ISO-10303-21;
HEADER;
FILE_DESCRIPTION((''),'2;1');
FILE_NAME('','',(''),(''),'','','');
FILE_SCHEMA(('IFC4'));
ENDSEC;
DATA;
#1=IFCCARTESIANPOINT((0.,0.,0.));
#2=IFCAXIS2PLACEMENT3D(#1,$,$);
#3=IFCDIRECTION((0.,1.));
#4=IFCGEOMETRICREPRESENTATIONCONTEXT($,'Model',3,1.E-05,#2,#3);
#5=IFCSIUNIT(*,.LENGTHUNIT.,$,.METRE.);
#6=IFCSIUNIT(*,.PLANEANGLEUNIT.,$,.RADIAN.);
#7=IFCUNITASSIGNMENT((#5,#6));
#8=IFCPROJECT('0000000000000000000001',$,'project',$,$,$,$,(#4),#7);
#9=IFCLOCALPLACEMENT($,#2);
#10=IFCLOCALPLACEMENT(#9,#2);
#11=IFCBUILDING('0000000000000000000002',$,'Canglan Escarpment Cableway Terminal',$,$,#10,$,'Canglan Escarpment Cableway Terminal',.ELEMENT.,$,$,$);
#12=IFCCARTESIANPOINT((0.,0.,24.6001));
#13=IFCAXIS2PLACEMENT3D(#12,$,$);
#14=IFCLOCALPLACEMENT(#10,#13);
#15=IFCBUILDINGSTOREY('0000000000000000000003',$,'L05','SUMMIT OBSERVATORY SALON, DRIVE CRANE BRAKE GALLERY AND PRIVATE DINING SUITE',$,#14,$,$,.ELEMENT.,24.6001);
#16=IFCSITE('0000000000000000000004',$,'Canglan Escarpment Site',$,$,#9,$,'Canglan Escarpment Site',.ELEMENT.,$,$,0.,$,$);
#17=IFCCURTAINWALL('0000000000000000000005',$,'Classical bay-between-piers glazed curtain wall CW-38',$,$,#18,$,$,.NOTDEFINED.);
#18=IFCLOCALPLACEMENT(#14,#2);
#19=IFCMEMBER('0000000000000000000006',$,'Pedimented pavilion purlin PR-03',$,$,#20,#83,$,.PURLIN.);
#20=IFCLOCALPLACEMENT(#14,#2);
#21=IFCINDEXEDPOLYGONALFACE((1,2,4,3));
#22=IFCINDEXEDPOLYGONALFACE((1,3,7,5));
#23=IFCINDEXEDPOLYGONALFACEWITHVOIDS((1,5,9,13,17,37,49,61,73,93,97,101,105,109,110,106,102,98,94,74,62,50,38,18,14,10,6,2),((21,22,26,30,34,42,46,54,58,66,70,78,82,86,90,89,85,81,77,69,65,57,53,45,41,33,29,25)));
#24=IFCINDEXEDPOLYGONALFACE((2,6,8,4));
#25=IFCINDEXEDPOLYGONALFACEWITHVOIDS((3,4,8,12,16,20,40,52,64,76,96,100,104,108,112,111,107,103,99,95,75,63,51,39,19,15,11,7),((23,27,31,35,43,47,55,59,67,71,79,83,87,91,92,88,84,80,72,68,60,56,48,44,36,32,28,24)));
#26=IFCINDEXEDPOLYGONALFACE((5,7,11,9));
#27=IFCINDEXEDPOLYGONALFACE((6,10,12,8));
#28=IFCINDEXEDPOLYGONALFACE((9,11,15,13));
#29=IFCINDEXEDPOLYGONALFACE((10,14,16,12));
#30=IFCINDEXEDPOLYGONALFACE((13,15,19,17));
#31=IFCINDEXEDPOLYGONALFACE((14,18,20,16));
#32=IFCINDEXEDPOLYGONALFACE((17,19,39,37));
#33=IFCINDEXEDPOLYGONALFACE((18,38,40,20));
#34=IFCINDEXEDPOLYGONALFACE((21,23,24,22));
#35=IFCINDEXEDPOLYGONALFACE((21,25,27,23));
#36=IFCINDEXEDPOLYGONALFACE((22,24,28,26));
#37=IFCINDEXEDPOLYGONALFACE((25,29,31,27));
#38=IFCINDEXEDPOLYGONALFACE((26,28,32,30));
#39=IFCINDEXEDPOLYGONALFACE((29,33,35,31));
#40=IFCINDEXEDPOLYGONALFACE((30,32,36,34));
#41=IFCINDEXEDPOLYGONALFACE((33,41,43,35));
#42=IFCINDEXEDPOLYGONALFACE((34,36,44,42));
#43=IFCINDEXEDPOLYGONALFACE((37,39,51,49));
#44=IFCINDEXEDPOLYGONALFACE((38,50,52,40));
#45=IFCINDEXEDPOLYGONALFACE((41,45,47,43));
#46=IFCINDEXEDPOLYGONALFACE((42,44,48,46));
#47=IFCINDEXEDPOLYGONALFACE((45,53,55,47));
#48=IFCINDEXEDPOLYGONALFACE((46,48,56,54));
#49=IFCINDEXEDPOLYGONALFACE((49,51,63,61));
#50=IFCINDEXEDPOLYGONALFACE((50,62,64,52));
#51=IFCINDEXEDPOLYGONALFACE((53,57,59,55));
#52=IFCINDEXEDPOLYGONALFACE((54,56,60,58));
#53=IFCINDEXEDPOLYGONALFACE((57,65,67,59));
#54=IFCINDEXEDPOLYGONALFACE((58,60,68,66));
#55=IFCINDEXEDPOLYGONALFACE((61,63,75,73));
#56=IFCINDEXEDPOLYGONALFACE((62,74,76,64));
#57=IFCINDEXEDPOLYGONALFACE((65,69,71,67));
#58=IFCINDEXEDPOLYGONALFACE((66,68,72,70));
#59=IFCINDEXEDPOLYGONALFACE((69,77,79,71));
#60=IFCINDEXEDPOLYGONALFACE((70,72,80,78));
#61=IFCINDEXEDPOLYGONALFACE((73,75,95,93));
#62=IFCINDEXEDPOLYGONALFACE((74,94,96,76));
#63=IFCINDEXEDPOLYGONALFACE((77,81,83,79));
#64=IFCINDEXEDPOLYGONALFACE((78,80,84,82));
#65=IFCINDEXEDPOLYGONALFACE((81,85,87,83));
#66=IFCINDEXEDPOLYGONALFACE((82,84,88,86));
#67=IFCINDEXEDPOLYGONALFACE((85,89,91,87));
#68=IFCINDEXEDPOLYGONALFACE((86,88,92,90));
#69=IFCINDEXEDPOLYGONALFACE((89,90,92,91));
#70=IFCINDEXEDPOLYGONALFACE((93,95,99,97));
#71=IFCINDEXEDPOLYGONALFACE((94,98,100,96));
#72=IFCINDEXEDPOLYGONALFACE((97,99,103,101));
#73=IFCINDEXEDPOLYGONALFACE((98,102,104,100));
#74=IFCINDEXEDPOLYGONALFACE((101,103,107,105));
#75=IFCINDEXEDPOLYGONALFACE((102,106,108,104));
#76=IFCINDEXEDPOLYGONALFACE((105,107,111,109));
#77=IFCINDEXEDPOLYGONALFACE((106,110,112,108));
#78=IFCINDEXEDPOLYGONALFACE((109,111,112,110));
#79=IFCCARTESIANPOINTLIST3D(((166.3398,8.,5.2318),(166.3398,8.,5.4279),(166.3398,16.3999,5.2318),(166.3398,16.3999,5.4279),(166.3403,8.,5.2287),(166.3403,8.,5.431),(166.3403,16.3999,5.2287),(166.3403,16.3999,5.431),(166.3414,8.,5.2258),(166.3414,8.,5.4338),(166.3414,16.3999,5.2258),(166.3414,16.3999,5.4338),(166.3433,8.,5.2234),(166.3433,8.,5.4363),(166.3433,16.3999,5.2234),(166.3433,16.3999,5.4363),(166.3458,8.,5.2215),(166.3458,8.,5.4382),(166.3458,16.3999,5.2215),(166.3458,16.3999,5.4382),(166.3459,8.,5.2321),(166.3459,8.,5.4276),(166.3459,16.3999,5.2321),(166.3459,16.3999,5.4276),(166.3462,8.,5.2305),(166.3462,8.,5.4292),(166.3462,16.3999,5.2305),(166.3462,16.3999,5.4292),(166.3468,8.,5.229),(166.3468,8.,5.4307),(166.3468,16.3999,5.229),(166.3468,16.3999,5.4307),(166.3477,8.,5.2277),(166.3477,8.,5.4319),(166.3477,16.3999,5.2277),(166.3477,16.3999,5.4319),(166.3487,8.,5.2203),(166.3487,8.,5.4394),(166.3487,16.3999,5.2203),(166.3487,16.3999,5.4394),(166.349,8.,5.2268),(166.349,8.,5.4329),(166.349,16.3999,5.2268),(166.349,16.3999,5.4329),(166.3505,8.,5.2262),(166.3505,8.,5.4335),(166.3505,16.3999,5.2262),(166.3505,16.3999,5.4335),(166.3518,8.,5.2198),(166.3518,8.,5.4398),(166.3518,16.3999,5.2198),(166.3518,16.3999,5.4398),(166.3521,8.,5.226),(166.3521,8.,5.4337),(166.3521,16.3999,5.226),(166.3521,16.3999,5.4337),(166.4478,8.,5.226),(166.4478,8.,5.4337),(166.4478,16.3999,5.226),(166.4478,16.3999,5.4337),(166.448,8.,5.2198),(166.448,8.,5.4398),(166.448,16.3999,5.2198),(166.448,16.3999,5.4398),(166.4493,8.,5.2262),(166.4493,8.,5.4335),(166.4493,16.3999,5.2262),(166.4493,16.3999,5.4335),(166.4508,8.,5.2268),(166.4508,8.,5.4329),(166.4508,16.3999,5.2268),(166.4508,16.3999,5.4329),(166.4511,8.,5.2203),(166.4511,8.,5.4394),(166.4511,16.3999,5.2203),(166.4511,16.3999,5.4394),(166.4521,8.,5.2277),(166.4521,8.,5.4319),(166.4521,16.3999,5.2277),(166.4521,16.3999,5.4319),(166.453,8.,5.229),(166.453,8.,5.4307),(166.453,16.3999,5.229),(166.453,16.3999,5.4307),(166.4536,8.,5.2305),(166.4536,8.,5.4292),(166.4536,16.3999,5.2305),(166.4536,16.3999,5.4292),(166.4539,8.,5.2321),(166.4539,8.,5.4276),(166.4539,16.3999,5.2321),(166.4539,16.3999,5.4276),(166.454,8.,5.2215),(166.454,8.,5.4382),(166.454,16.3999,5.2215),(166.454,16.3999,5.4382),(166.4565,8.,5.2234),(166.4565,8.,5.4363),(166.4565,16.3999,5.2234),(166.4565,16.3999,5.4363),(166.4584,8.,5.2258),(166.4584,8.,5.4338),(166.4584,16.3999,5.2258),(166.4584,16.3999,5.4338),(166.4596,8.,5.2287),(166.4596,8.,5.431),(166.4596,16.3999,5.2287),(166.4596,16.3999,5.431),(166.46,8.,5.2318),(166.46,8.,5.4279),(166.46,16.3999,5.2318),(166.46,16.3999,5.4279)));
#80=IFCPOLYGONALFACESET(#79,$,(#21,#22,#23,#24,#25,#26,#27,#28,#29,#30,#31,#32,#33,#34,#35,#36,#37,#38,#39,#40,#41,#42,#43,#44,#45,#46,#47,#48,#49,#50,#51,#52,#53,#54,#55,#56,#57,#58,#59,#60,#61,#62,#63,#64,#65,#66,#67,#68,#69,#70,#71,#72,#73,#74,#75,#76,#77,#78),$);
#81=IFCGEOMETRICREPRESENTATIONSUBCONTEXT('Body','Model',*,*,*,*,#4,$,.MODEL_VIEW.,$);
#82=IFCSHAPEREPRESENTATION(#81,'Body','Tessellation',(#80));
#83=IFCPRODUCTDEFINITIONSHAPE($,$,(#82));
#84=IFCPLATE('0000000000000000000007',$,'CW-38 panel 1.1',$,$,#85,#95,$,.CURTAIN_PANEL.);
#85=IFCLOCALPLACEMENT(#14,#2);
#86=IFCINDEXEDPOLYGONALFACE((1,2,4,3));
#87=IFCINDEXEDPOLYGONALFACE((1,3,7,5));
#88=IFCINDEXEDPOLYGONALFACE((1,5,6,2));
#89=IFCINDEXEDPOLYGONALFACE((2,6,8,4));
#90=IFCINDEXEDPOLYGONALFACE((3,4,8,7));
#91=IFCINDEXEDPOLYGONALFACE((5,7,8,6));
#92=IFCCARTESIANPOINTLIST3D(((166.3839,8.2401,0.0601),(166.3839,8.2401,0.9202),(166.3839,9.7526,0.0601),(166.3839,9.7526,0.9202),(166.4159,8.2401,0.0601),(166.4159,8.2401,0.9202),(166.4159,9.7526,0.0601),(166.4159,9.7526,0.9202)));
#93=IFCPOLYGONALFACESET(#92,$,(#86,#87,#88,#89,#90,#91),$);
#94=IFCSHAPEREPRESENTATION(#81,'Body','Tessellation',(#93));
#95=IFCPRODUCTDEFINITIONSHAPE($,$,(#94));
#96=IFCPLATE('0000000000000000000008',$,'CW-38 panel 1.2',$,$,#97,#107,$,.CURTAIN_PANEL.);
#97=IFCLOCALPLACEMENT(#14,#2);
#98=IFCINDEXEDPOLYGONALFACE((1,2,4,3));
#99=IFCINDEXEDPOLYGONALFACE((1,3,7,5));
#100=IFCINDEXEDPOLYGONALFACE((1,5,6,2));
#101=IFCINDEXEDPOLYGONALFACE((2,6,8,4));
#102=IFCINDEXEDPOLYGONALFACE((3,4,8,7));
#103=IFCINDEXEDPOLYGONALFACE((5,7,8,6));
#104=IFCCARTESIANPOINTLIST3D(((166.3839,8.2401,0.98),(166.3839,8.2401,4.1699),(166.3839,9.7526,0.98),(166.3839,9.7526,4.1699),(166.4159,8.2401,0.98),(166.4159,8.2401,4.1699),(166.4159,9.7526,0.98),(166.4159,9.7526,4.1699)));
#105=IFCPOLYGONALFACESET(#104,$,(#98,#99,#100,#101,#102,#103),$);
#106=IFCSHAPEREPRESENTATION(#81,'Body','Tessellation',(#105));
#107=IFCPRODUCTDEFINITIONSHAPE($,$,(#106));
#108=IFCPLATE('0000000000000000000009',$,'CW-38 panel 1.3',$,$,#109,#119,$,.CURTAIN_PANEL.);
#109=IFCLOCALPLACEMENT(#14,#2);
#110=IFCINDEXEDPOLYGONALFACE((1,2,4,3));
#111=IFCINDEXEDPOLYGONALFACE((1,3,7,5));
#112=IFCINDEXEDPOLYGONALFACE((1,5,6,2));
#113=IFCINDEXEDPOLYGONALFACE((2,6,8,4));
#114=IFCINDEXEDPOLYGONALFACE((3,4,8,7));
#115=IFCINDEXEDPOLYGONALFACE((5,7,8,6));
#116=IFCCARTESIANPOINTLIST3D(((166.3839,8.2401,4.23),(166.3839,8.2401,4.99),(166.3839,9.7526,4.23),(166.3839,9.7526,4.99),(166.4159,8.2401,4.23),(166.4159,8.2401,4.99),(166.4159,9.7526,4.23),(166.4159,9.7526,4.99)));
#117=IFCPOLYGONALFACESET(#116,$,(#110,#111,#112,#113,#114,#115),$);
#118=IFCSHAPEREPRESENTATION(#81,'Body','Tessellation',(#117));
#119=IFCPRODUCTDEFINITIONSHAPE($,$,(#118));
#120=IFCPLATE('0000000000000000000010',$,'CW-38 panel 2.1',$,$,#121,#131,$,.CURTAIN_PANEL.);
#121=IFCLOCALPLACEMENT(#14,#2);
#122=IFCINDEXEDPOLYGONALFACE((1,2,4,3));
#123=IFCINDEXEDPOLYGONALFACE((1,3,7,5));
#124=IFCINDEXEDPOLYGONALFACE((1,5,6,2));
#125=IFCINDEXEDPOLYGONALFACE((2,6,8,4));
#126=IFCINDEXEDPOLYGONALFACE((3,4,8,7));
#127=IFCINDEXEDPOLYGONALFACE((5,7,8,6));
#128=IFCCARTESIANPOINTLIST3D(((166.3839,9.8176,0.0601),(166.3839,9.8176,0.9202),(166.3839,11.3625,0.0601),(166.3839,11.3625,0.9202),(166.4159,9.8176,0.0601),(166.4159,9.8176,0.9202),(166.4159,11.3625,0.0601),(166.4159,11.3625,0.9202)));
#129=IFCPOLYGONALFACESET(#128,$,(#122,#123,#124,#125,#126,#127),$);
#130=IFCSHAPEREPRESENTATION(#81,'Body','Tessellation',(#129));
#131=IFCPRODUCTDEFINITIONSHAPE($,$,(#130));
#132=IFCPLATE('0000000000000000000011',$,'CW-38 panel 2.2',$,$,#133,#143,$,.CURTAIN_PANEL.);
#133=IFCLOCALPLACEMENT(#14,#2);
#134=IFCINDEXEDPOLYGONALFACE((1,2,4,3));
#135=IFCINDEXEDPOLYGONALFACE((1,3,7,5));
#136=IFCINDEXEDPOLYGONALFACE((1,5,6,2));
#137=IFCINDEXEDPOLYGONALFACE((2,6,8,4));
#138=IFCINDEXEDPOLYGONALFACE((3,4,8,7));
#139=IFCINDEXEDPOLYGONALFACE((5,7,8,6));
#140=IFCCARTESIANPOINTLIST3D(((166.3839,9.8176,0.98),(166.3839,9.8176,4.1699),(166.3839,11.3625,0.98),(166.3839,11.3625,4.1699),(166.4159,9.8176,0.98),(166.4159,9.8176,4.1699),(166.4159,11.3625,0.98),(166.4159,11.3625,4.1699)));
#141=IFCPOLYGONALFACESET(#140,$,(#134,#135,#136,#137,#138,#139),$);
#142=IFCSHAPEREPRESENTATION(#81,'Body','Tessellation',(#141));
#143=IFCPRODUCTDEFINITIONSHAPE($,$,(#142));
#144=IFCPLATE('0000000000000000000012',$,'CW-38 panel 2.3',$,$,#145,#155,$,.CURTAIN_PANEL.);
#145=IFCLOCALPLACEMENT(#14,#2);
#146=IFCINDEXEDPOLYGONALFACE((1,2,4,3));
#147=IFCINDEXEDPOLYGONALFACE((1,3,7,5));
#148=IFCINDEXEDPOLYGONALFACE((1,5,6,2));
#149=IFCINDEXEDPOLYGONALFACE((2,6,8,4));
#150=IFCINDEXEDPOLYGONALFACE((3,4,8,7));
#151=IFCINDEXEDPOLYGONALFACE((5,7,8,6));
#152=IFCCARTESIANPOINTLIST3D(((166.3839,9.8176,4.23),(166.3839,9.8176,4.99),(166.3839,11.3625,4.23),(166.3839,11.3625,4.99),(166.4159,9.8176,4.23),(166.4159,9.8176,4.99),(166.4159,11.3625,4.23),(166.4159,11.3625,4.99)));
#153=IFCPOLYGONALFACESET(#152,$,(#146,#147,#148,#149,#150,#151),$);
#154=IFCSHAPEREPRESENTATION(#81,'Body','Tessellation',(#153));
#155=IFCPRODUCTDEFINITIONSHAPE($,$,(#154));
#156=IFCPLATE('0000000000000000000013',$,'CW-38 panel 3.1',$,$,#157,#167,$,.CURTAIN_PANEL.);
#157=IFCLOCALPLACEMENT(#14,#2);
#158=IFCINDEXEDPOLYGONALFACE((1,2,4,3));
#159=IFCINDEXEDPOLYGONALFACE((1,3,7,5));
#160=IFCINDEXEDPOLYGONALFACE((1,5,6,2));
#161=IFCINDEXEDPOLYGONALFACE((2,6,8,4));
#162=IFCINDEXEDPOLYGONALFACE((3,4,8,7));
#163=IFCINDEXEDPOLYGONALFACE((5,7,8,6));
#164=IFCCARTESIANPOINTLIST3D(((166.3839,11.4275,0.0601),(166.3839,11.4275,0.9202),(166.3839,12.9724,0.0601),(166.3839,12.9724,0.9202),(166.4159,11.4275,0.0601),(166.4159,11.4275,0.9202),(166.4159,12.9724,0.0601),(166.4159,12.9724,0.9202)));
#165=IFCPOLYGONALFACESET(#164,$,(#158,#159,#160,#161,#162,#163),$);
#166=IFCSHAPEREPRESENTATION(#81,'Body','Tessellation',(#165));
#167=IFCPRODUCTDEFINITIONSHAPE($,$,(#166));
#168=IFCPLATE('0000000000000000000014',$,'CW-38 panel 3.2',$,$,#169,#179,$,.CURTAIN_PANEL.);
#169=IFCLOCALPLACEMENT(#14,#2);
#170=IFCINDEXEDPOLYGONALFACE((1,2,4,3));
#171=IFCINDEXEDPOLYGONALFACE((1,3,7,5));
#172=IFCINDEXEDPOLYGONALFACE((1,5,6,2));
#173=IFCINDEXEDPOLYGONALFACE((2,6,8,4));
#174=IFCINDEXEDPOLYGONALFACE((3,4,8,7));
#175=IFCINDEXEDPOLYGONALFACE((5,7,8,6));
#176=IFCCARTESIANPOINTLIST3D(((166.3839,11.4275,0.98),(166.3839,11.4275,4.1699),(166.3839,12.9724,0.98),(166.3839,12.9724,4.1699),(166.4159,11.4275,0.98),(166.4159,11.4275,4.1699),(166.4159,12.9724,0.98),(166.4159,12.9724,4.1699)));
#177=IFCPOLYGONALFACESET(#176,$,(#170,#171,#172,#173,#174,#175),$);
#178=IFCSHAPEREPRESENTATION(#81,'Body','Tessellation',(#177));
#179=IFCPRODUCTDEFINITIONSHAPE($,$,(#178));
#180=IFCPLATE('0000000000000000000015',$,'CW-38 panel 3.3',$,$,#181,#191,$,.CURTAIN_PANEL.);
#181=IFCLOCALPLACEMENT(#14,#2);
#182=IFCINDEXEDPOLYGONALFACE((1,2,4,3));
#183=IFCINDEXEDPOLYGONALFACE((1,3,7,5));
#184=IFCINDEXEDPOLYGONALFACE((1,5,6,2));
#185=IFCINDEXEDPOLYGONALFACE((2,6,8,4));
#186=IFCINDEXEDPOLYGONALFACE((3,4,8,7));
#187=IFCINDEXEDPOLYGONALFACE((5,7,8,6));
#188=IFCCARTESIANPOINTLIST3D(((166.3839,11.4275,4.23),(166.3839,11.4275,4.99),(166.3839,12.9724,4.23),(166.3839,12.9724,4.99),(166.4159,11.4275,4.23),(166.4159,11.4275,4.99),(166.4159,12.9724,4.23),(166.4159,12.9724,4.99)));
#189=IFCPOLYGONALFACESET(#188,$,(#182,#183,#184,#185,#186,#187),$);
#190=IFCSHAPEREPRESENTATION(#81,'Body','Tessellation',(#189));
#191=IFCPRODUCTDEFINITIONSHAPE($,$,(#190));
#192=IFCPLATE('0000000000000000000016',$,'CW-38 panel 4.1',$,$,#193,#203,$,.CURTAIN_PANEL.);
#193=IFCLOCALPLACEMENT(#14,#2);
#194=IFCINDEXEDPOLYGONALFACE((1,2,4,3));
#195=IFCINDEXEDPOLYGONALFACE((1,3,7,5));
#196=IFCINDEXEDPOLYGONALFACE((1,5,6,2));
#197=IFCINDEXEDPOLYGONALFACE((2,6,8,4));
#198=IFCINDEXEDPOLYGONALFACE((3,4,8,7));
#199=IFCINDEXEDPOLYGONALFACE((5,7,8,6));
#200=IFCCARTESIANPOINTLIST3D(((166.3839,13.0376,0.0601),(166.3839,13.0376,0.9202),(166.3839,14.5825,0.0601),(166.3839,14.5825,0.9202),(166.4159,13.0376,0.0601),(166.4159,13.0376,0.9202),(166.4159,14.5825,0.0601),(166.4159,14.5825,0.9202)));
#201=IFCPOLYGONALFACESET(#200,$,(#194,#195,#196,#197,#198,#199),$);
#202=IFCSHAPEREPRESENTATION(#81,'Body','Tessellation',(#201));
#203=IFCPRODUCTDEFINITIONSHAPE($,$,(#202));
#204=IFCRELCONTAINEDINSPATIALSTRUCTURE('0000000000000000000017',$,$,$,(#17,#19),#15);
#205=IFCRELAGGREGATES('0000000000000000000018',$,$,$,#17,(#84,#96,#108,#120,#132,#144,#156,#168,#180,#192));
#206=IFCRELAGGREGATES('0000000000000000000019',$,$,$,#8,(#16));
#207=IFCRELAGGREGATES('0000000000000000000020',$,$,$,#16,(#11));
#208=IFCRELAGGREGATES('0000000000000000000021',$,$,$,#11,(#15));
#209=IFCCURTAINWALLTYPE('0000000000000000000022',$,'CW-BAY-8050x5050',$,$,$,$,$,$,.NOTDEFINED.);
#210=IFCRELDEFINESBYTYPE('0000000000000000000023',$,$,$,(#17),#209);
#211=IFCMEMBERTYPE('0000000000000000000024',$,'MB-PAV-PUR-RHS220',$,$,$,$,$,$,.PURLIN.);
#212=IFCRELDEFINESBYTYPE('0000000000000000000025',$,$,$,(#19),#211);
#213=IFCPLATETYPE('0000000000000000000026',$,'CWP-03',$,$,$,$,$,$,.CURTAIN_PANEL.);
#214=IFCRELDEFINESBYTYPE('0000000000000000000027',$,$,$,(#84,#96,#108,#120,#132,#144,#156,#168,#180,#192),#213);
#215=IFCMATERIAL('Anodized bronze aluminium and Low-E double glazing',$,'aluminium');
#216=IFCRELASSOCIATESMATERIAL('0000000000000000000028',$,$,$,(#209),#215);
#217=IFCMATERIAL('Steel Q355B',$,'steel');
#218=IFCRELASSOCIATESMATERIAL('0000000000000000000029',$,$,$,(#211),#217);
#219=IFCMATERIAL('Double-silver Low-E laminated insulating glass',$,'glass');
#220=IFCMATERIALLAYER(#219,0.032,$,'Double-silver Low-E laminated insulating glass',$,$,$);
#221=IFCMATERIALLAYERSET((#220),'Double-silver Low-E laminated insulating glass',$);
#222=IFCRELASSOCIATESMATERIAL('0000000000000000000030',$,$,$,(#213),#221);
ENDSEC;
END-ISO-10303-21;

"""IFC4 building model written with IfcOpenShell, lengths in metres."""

from ifc_helpers import new_model, si_unit, direction, frame, origin, origin_2d, place, context, subcontext, project, spatial, rectangle, hollow_rectangle, extrude, material, layer, layer_set, material_profile, profile_set, type_object, element, aggregate, save


model = new_model("IFC4")

# Units and contexts
model_context = context("Model", 3, precision=1e-05, world=origin(), true_north=direction((0.0, 1.0)))
body_context = subcontext(model_context, "Body", "Model", "MODEL_VIEW")
ifc_project = project(units=[si_unit("LENGTHUNIT", "METRE"), si_unit("PLANEANGLEUNIT", "RADIAN")], contexts=[model_context])

# Site, building, storey
site_placement = place(None, origin())
site = spatial("IfcSite", under=ifc_project, at=site_placement, Name="Canglan Escarpment Site", LongName="Canglan Escarpment Site", CompositionType="ELEMENT", RefElevation=0.0)
building_placement = place(site_placement, origin())
building = spatial("IfcBuilding", under=site, at=building_placement, Name="Canglan Escarpment Cableway Terminal", LongName="Canglan Escarpment Cableway Terminal", CompositionType="ELEMENT")
storey_placement = place(building_placement, frame((0.0, 0.0, 24.6001)))
storey = spatial("IfcBuildingStorey", under=building, at=storey_placement, Name="L05", Description="SUMMIT OBSERVATORY SALON, DRIVE CRANE BRAKE GALLERY AND PRIVATE DINING SUITE", CompositionType="ELEMENT", Elevation=24.6001)

# Curtain wall
ifc_material_1 = material(Name="Anodized bronze aluminium and Low-E double glazing", Category="aluminium")
curtain_wall_type_1 = type_object("IfcCurtainWallType", Name="CW-BAY-8050x5050", PredefinedType="NOTDEFINED", material=ifc_material_1)
curtain_wall_1_placement = place(storey_placement, origin())
curtain_wall_1 = element("IfcCurtainWall", 1, at=curtain_wall_1_placement, inside=storey, type_object=curtain_wall_type_1, Name="Classical bay-between-piers glazed curtain wall CW-38", PredefinedType="NOTDEFINED")

# Member
ifc_material_2 = material(Name="Steel Q355B", Category="steel")
ifc_material_profile_1 = material_profile(ifc_material_2, hollow_rectangle(XDim=0.1201, YDim=0.22, WallThickness=0.0061, InnerFilletRadius=0.0061, OuterFilletRadius=0.012, at=origin_2d()), Name="RHS 220x120x6")
ifc_profile_set_1 = profile_set([ifc_material_profile_1], Name="Steel Q355B")
member_type_1 = type_object("IfcMemberType", Name="MB-PAV-PUR-RHS220", PredefinedType="PURLIN", material=ifc_profile_set_1)
member_1_placement = place(storey_placement, frame((166.3999, 8.0, 5.3298), z_axis=(0.0, 1.0, 0.0), x_axis=(-1.0, 0.0, 0.0)))
element("IfcMember", 2, at=member_1_placement, inside=storey, type_object=member_type_1, Name="Pedimented pavilion purlin PR-03", PredefinedType="PURLIN", context=body_context, shape_type="SweptSolid", body=[
    extrude(hollow_rectangle(XDim=0.1201, YDim=0.22, WallThickness=0.0061, InnerFilletRadius=0.0061, OuterFilletRadius=0.012, at=origin_2d()), origin(), (0.0, 0.0, 1.0), 8.3999),
])

# Plates
ifc_material_3 = material(Name="Double-silver Low-E laminated insulating glass", Category="glass")
ifc_layer_1 = layer(ifc_material_3, 0.032, Name="Double-silver Low-E laminated insulating glass")
ifc_layer_set_1 = layer_set([ifc_layer_1], Name="Double-silver Low-E laminated insulating glass")
plate_type_1 = type_object("IfcPlateType", Name="CWP-03", PredefinedType="CURTAIN_PANEL", material=ifc_layer_set_1)
plate_1_placement = place(storey_placement, frame((166.3999, 8.9963, 0.0601), z_axis=(0.0, 0.0, 1.0), x_axis=(0.0, 1.0, 0.0)))
plate_1 = element("IfcPlate", 3, at=plate_1_placement, type_object=plate_type_1, Name="CW-38 panel 1.1", PredefinedType="CURTAIN_PANEL", context=body_context, shape_type="SweptSolid", body=[
    extrude(rectangle(XDim=1.5125, YDim=0.032, at=origin_2d()), origin(), (0.0, 0.0, 1.0), 0.8601),
])
plate_2_placement = place(storey_placement, frame((166.3999, 8.9963, 0.98), z_axis=(0.0, 0.0, 1.0), x_axis=(0.0, 1.0, 0.0)))
plate_2 = element("IfcPlate", 4, at=plate_2_placement, type_object=plate_type_1, Name="CW-38 panel 1.2", PredefinedType="CURTAIN_PANEL", context=body_context, shape_type="SweptSolid", body=[
    extrude(rectangle(XDim=1.5125, YDim=0.032, at=origin_2d()), origin(), (0.0, 0.0, 1.0), 3.1899),
])
plate_3_placement = place(storey_placement, frame((166.3999, 8.9963, 4.23), z_axis=(0.0, 0.0, 1.0), x_axis=(0.0, 1.0, 0.0)))
plate_3 = element("IfcPlate", 5, at=plate_3_placement, type_object=plate_type_1, Name="CW-38 panel 1.3", PredefinedType="CURTAIN_PANEL", context=body_context, shape_type="SweptSolid", body=[
    extrude(rectangle(XDim=1.5125, YDim=0.032, at=origin_2d()), origin(), (0.0, 0.0, 1.0), 0.76),
])
plate_4_placement = place(storey_placement, frame((166.3999, 10.5901, 0.0601), z_axis=(0.0, 0.0, 1.0), x_axis=(0.0, 1.0, 0.0)))
plate_4 = element("IfcPlate", 6, at=plate_4_placement, type_object=plate_type_1, Name="CW-38 panel 2.1", PredefinedType="CURTAIN_PANEL", context=body_context, shape_type="SweptSolid", body=[
    extrude(rectangle(XDim=1.5449, YDim=0.032, at=origin_2d()), origin(), (0.0, 0.0, 1.0), 0.8601),
])
plate_5_placement = place(storey_placement, frame((166.3999, 10.5901, 0.98), z_axis=(0.0, 0.0, 1.0), x_axis=(0.0, 1.0, 0.0)))
plate_5 = element("IfcPlate", 7, at=plate_5_placement, type_object=plate_type_1, Name="CW-38 panel 2.2", PredefinedType="CURTAIN_PANEL", context=body_context, shape_type="SweptSolid", body=[
    extrude(rectangle(XDim=1.5449, YDim=0.032, at=origin_2d()), origin(), (0.0, 0.0, 1.0), 3.1899),
])
plate_6_placement = place(storey_placement, frame((166.3999, 10.5901, 4.23), z_axis=(0.0, 0.0, 1.0), x_axis=(0.0, 1.0, 0.0)))
plate_6 = element("IfcPlate", 8, at=plate_6_placement, type_object=plate_type_1, Name="CW-38 panel 2.3", PredefinedType="CURTAIN_PANEL", context=body_context, shape_type="SweptSolid", body=[
    extrude(rectangle(XDim=1.5449, YDim=0.032, at=origin_2d()), origin(), (0.0, 0.0, 1.0), 0.76),
])
plate_7_placement = place(storey_placement, frame((166.3999, 12.2, 0.0601), z_axis=(0.0, 0.0, 1.0), x_axis=(0.0, 1.0, 0.0)))
plate_7 = element("IfcPlate", 9, at=plate_7_placement, type_object=plate_type_1, Name="CW-38 panel 3.1", PredefinedType="CURTAIN_PANEL", context=body_context, shape_type="SweptSolid", body=[
    extrude(rectangle(XDim=1.5449, YDim=0.032, at=origin_2d()), origin(), (0.0, 0.0, 1.0), 0.8601),
])
plate_8_placement = place(storey_placement, frame((166.3999, 12.2, 0.98), z_axis=(0.0, 0.0, 1.0), x_axis=(0.0, 1.0, 0.0)))
plate_8 = element("IfcPlate", 10, at=plate_8_placement, type_object=plate_type_1, Name="CW-38 panel 3.2", PredefinedType="CURTAIN_PANEL", context=body_context, shape_type="SweptSolid", body=[
    extrude(rectangle(XDim=1.5449, YDim=0.032, at=origin_2d()), origin(), (0.0, 0.0, 1.0), 3.1899),
])
plate_9_placement = place(storey_placement, frame((166.3999, 12.2, 4.23), z_axis=(0.0, 0.0, 1.0), x_axis=(0.0, 1.0, 0.0)))
plate_9 = element("IfcPlate", 11, at=plate_9_placement, type_object=plate_type_1, Name="CW-38 panel 3.3", PredefinedType="CURTAIN_PANEL", context=body_context, shape_type="SweptSolid", body=[
    extrude(rectangle(XDim=1.5449, YDim=0.032, at=origin_2d()), origin(), (0.0, 0.0, 1.0), 0.76),
])
plate_10_placement = place(storey_placement, frame((166.3999, 13.8101, 0.0601), z_axis=(0.0, 0.0, 1.0), x_axis=(0.0, 1.0, 0.0)))
plate_10 = element("IfcPlate", 12, at=plate_10_placement, type_object=plate_type_1, Name="CW-38 panel 4.1", PredefinedType="CURTAIN_PANEL", context=body_context, shape_type="SweptSolid", body=[
    extrude(rectangle(XDim=1.5449, YDim=0.032, at=origin_2d()), origin(), (0.0, 0.0, 1.0), 0.8601),
])
aggregate(curtain_wall_1, [plate_1, plate_2, plate_3, plate_4, plate_5, plate_6, plate_7, plate_8, plate_9, plate_10])

save(model, "model.ifc")
